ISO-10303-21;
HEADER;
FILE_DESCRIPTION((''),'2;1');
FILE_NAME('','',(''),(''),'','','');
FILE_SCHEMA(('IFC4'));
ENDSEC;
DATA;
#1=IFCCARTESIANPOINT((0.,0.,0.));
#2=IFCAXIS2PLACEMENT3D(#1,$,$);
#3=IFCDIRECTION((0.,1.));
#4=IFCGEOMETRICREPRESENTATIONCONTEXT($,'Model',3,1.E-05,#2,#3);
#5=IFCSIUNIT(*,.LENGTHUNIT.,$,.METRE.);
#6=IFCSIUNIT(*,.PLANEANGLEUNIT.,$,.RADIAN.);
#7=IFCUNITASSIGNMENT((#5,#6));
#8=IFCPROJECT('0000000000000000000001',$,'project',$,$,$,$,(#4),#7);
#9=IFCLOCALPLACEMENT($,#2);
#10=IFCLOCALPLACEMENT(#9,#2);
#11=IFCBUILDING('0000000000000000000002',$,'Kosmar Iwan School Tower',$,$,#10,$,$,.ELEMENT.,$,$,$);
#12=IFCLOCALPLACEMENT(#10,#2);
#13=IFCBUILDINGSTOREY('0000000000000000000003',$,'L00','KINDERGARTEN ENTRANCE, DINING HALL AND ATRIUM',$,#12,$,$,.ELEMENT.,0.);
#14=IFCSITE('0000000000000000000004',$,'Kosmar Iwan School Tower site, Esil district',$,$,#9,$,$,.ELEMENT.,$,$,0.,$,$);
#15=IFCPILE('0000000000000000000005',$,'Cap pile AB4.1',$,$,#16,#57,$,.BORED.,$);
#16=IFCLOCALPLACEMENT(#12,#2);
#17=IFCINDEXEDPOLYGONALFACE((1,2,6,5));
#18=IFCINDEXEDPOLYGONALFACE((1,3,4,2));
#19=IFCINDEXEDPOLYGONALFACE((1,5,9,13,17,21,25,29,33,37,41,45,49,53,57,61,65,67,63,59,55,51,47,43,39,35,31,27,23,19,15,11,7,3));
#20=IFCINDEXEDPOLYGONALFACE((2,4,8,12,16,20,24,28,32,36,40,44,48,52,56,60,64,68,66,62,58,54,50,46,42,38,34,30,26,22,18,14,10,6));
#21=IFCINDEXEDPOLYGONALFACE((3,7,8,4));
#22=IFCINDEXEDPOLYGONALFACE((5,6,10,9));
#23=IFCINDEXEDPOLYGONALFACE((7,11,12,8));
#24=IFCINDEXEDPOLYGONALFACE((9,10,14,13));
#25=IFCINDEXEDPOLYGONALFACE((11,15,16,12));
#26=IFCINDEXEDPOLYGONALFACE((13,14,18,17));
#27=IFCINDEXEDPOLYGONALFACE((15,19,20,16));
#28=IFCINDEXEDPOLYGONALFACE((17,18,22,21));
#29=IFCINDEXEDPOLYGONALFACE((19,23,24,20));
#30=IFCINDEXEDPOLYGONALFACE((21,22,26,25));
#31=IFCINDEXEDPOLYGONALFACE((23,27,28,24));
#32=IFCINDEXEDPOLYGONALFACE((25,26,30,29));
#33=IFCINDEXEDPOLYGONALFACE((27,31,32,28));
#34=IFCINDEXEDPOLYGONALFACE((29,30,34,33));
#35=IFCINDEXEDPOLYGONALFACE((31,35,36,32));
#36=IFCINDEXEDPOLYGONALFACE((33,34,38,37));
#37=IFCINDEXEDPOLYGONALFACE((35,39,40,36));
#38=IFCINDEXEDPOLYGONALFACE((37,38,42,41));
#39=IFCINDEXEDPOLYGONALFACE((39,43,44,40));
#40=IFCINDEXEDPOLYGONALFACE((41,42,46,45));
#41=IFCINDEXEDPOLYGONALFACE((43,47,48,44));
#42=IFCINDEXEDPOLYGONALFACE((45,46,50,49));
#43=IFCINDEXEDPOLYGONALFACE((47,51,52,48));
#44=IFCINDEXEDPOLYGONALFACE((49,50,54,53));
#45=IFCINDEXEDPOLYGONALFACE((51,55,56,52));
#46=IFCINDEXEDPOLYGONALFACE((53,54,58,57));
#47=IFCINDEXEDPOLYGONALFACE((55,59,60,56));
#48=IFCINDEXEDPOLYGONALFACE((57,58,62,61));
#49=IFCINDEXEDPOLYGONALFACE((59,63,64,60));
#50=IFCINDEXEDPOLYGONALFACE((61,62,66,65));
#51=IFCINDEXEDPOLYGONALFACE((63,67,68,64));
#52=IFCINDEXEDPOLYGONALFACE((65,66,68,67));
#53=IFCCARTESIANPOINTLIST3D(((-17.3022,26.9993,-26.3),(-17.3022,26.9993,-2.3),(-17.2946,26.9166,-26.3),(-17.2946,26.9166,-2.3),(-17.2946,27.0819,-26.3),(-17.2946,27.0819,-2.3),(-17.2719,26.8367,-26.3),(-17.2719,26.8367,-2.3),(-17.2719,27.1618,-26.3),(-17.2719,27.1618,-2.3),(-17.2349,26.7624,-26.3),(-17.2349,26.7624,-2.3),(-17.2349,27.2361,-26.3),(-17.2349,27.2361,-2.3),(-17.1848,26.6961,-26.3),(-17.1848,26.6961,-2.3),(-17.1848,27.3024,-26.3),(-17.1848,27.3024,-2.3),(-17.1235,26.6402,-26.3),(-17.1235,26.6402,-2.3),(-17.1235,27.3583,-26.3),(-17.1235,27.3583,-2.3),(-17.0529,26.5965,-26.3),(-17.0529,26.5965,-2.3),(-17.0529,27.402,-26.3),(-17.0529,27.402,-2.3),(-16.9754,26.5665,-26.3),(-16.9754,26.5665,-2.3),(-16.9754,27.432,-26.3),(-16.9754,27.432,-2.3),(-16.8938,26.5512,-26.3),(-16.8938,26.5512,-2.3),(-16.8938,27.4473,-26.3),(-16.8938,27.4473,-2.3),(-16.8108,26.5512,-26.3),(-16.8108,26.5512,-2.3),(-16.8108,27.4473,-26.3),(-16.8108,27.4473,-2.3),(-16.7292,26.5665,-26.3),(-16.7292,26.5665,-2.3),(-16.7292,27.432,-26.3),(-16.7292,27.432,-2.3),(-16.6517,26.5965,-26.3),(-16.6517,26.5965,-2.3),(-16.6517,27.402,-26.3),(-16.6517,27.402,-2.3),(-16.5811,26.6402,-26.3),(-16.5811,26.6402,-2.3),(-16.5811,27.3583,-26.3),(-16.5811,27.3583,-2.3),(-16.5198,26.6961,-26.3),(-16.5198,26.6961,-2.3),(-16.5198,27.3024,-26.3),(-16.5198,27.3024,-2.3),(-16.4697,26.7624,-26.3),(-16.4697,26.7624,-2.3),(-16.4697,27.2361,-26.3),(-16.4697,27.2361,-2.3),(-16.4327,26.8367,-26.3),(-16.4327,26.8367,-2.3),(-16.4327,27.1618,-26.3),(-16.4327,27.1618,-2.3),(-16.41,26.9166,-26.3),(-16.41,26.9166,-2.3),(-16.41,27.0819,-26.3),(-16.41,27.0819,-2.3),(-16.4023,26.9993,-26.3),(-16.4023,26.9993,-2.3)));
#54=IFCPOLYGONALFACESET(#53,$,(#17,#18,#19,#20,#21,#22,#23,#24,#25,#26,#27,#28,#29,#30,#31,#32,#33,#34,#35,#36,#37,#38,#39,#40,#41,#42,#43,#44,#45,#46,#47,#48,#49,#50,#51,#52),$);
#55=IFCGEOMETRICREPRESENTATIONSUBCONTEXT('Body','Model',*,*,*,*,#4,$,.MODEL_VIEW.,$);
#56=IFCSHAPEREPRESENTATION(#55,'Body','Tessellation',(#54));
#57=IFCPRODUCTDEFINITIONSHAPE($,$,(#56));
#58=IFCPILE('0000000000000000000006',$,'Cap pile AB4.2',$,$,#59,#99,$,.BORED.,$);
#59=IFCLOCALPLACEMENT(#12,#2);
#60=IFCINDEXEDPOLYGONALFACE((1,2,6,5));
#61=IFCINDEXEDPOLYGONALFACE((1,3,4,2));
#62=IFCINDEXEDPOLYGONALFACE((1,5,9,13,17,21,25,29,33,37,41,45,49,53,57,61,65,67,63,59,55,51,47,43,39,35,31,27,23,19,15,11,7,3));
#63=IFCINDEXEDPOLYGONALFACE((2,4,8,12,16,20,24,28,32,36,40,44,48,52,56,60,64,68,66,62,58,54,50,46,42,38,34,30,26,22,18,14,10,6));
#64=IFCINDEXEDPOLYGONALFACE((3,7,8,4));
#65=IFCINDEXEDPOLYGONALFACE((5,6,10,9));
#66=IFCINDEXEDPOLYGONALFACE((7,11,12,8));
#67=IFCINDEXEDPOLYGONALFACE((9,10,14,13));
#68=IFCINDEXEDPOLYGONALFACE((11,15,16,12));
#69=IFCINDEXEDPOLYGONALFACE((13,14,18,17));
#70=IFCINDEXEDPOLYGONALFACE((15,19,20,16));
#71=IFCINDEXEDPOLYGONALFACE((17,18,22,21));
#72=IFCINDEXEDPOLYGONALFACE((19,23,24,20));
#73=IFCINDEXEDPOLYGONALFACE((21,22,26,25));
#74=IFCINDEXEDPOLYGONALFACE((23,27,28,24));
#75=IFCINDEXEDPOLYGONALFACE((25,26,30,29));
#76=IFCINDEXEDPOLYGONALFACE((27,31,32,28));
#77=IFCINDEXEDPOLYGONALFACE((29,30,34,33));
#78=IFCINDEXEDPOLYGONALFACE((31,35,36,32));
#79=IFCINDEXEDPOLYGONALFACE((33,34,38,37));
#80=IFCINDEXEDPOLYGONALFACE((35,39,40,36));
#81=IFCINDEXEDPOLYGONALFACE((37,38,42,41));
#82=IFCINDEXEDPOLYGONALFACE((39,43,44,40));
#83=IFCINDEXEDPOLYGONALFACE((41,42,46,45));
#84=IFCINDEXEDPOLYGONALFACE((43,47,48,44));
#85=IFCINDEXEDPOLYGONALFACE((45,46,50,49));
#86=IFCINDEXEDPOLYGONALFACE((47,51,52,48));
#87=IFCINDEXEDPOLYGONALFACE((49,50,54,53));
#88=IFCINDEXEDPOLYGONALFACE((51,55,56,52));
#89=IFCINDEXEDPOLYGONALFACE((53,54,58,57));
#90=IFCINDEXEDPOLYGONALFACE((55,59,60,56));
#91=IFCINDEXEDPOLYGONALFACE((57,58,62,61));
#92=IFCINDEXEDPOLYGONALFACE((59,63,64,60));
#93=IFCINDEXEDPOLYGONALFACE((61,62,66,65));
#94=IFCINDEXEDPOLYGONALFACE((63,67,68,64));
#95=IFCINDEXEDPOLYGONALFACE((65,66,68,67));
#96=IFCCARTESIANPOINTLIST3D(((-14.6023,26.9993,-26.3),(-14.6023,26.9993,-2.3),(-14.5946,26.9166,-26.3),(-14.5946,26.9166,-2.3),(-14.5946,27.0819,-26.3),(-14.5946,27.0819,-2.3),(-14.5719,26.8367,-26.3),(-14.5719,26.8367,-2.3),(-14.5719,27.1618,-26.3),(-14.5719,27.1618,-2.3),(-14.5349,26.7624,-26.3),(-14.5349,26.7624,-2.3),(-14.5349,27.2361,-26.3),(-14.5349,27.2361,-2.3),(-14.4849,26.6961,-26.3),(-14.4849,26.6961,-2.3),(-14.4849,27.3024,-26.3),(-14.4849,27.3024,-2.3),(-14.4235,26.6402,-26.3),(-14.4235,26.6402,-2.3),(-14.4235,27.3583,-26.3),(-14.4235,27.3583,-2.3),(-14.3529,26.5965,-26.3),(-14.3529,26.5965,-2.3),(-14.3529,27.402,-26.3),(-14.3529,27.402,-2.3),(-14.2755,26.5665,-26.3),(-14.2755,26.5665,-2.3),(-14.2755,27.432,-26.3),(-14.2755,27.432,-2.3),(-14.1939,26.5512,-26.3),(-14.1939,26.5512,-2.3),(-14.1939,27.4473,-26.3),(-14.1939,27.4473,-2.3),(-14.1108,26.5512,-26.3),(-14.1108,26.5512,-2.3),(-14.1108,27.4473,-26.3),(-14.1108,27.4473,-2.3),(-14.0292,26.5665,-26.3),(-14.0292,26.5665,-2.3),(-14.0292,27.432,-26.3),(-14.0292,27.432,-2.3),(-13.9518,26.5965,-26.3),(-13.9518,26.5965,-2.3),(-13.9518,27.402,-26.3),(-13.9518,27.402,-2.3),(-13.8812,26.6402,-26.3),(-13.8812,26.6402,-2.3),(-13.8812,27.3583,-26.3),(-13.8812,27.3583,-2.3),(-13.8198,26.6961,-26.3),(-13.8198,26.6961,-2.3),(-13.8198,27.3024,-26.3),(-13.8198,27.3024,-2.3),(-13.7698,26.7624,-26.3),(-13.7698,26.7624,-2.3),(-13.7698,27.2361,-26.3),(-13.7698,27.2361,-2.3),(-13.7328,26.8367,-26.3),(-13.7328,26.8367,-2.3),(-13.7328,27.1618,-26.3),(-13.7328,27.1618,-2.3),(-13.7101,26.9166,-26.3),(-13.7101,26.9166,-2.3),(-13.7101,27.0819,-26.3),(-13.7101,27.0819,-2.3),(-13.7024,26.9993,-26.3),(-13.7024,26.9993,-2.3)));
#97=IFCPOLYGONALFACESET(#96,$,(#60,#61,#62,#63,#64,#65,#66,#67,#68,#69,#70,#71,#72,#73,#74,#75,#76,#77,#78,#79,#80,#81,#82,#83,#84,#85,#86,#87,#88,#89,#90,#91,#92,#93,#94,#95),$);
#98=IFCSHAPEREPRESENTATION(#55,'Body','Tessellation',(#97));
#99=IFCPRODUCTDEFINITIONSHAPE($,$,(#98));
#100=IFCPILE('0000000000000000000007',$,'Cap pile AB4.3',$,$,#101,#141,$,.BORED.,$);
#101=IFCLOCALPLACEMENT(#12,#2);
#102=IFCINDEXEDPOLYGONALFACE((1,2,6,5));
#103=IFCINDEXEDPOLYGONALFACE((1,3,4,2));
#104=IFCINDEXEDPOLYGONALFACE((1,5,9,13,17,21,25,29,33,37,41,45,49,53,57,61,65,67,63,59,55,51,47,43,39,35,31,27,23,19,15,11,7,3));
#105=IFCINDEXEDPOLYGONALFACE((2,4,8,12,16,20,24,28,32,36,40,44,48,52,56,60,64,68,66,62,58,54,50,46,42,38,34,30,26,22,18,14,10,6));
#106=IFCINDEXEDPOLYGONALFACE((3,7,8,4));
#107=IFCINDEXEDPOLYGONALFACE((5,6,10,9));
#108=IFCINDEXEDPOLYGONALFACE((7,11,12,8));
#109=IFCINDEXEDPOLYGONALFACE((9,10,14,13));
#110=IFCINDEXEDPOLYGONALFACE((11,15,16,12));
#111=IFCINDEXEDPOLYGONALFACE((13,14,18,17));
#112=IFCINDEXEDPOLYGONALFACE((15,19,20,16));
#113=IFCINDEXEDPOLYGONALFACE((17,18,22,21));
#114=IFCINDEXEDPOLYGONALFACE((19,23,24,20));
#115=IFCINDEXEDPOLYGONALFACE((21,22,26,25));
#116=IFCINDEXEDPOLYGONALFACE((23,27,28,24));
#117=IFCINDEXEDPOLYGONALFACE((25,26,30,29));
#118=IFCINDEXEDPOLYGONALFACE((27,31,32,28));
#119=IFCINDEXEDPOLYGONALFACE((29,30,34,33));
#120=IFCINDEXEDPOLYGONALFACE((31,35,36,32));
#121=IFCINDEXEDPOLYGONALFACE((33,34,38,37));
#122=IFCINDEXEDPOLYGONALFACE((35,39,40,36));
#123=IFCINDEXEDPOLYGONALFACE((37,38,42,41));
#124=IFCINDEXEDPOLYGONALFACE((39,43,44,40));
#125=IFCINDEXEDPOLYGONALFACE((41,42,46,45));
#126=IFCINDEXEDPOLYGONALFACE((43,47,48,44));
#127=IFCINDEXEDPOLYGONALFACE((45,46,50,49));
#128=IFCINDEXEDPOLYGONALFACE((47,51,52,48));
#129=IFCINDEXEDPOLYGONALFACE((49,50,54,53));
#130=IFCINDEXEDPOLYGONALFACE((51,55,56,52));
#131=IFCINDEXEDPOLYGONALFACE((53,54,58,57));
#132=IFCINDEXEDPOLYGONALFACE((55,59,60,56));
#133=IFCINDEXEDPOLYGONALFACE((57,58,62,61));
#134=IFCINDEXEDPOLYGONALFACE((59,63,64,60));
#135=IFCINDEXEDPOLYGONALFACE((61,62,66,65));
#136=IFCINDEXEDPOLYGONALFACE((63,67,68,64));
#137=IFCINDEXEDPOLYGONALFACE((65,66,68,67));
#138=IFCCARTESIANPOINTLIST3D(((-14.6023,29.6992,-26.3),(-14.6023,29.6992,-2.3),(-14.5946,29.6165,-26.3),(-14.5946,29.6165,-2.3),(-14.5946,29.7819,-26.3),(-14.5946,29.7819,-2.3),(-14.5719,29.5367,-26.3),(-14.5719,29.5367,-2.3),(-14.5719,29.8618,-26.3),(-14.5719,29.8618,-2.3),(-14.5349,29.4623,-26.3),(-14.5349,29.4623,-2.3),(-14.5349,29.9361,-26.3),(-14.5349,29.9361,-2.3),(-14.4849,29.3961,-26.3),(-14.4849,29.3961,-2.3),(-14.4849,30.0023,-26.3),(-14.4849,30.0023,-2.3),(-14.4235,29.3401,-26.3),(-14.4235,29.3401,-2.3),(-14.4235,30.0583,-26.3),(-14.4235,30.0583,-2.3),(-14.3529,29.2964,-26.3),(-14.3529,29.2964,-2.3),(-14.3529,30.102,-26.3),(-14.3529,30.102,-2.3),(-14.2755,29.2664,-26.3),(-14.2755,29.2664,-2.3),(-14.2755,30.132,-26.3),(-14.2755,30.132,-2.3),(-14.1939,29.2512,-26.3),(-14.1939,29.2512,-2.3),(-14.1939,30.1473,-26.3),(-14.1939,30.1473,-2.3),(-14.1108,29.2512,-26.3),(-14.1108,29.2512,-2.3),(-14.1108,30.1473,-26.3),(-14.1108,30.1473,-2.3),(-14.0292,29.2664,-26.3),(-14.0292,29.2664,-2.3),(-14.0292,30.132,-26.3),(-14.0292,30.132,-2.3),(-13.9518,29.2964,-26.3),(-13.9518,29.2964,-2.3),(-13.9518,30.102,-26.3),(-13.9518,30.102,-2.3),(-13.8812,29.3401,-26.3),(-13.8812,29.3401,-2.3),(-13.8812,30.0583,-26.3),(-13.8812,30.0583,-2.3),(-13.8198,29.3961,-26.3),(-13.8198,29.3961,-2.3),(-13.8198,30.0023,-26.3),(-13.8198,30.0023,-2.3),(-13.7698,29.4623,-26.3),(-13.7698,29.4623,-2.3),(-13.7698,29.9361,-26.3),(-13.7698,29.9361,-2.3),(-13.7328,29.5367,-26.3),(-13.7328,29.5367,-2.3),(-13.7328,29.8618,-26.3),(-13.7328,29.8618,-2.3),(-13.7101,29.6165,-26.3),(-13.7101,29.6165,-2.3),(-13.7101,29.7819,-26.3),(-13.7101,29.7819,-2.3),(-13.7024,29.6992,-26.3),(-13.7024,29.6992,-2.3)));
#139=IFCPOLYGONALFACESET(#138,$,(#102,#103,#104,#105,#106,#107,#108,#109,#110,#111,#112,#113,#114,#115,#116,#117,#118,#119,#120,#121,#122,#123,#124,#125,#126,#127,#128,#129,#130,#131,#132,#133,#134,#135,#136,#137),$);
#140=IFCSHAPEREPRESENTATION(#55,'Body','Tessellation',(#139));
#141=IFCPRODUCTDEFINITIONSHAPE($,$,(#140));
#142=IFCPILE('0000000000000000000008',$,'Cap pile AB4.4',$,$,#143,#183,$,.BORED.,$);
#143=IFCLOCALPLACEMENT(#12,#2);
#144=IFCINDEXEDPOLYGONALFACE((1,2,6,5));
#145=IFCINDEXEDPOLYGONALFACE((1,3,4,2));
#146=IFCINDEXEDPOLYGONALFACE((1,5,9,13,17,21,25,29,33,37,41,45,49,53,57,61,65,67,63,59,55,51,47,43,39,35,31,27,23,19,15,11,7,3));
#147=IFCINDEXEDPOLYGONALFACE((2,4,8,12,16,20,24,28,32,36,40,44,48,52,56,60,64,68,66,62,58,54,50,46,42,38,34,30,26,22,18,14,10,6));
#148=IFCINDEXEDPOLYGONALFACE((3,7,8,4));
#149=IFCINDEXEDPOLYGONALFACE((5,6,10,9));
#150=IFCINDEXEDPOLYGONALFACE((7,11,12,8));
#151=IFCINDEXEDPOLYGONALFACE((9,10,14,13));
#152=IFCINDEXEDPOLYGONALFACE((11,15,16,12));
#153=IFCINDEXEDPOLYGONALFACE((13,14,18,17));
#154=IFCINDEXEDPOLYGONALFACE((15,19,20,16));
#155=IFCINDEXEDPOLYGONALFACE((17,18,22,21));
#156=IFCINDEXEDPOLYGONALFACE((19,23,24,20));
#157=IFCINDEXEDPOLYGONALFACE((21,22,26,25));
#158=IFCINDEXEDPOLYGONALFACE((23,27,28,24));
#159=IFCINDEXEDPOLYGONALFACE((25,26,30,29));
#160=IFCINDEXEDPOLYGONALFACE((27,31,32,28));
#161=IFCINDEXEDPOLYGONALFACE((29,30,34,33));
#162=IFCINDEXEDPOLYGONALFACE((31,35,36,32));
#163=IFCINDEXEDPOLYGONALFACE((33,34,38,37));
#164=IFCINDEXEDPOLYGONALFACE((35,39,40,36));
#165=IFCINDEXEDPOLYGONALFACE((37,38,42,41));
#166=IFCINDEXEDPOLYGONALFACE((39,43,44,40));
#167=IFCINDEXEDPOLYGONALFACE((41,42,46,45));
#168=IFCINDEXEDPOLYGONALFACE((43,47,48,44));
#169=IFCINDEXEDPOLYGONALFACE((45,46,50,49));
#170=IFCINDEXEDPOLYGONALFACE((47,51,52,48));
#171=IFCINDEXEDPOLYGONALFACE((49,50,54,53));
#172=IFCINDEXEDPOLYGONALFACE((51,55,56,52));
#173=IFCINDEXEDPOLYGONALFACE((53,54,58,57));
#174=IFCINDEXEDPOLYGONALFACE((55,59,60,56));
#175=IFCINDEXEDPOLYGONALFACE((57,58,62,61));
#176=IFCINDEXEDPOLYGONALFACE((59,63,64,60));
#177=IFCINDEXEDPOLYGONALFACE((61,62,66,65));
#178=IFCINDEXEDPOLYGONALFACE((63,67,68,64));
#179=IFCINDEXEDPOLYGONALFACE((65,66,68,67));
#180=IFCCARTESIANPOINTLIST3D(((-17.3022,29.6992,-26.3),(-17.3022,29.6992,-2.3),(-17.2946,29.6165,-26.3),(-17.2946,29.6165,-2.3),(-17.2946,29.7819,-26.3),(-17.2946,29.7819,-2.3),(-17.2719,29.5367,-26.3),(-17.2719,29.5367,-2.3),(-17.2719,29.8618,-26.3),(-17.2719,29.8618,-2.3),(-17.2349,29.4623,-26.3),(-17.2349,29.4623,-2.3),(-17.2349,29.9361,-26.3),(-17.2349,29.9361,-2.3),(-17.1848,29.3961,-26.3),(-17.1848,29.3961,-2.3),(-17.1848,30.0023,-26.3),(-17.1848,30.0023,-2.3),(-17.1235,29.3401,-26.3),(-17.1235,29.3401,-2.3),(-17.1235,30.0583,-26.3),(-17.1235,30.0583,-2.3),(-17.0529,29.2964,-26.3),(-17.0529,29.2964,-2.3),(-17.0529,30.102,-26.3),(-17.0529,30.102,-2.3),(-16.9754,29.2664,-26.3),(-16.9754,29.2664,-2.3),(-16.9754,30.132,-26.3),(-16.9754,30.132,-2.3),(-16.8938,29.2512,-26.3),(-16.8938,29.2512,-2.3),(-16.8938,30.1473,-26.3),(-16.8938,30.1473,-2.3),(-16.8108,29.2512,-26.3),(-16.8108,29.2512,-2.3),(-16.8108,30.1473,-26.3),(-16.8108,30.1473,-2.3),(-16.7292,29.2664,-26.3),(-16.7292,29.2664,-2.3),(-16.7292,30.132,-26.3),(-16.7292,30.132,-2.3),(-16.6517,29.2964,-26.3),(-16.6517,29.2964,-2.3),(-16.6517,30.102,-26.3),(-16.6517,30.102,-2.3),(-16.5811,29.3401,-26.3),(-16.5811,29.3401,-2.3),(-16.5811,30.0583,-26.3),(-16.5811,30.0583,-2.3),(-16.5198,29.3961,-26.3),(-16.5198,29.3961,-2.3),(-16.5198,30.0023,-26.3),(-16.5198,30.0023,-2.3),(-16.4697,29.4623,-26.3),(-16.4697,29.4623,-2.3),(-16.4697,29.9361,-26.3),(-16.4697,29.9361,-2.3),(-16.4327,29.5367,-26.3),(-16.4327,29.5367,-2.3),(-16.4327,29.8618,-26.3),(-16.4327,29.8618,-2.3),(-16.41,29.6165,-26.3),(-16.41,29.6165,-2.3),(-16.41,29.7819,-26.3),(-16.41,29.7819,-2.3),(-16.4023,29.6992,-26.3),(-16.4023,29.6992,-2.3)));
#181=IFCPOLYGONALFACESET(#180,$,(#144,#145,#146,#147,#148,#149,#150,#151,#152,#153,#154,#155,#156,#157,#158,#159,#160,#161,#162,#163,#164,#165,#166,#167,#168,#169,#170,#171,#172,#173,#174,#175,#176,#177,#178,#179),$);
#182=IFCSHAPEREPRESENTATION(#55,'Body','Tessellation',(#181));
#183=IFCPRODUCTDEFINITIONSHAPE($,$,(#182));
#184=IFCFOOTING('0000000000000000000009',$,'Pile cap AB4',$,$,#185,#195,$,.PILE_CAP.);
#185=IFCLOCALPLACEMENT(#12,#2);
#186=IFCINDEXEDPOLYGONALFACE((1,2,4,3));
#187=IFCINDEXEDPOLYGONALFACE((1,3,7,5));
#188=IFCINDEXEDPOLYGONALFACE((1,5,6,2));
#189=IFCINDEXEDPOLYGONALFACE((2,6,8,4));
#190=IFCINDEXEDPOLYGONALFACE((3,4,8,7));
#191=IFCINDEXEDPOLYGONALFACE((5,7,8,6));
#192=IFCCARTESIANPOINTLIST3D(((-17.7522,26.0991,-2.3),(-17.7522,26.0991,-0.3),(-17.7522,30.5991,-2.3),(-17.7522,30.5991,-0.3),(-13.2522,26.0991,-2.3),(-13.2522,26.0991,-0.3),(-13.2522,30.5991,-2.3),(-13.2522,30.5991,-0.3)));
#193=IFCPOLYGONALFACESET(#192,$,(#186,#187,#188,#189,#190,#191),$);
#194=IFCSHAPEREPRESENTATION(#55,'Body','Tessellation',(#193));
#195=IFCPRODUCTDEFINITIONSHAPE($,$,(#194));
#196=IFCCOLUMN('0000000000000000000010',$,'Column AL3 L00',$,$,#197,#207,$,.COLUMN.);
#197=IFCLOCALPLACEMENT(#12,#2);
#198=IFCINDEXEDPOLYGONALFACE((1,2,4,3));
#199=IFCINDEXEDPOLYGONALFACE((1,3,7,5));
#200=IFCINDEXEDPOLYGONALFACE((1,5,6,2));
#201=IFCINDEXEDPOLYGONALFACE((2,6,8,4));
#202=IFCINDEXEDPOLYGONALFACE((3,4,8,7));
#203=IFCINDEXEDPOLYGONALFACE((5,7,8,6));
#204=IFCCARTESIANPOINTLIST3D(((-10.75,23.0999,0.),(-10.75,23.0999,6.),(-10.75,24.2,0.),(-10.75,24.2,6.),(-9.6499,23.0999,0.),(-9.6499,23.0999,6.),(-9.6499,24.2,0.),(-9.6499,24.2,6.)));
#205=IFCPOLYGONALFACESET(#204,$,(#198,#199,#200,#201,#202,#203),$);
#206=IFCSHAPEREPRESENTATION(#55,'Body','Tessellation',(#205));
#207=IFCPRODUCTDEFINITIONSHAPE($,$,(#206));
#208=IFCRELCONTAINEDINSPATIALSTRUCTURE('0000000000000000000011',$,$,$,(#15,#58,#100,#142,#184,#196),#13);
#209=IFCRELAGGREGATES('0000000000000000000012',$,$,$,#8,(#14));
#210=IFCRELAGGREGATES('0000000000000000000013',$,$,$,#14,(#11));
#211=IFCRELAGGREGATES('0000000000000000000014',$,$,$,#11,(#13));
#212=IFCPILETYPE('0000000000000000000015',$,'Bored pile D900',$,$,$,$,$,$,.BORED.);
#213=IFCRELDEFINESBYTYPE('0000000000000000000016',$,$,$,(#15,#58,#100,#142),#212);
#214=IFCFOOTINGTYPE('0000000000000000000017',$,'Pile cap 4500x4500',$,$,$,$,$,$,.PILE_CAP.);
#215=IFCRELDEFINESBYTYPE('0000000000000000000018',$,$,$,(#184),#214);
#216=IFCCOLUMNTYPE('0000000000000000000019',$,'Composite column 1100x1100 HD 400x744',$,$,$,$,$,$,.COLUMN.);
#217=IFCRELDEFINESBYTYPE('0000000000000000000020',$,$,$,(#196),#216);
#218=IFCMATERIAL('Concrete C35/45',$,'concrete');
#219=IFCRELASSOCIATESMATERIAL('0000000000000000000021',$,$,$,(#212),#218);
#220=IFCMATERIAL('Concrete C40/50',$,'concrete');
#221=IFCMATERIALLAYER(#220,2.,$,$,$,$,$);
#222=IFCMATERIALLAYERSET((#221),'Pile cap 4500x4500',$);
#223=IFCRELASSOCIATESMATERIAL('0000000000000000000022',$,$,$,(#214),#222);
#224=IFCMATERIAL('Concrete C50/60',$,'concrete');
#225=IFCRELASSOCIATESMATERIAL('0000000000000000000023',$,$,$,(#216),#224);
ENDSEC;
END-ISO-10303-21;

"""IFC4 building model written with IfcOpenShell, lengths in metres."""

from ifc_helpers import new_model, si_unit, direction, frame, origin, origin_2d, place, context, subcontext, project, spatial, rectangle, circle, extrude, material, layer, layer_set, material_profile, profile_set, type_object, element, save


model = new_model("IFC4")

# Units and contexts
model_context = context("Model", 3, precision=1e-05, world=origin(), true_north=direction((0.0, 1.0)))
body_context = subcontext(model_context, "Body", "Model", "MODEL_VIEW")
ifc_project = project(units=[si_unit("LENGTHUNIT", "METRE"), si_unit("PLANEANGLEUNIT", "RADIAN")], contexts=[model_context])

# Site, building, storey
site_placement = place(None, origin())
site = spatial("IfcSite", under=ifc_project, at=site_placement, Name="Kosmar Iwan School Tower site, Esil district", CompositionType="ELEMENT", RefElevation=0.0)
building_placement = place(site_placement, origin())
building = spatial("IfcBuilding", under=site, at=building_placement, Name="Kosmar Iwan School Tower", CompositionType="ELEMENT")
storey_placement = place(building_placement, origin())
storey = spatial("IfcBuildingStorey", under=building, at=storey_placement, Name="L00", Description="KINDERGARTEN ENTRANCE, DINING HALL AND ATRIUM", CompositionType="ELEMENT", Elevation=0.0)

# Piles
ifc_material_1 = material(Name="Concrete C35/45", Category="concrete")
ifc_material_profile_1 = material_profile(ifc_material_1, circle(Radius=0.45, at=origin_2d()), Name="D900")
ifc_profile_set_1 = profile_set([ifc_material_profile_1], Name="Concrete C35/45")
pile_type_1 = type_object("IfcPileType", Name="Bored pile D900", PredefinedType="BORED", material=ifc_profile_set_1)
for number, where, z_axis, x_axis, name in (
    (1, (-16.8523, 26.9993, -2.3), (0.0, 0.0, -1.0), (1.0, 0.0, 0.0), "Cap pile AB4.1"),
    (2, (-14.1523, 26.9993, -2.3), (0.0, 0.0, -1.0), (1.0, 0.0, 0.0), "Cap pile AB4.2"),
    (3, (-14.1523, 29.6992, -2.3), (0.0, 0.0, -1.0), (1.0, 0.0, 0.0), "Cap pile AB4.3"),
    (4, (-16.8523, 29.6992, -2.3), (0.0, 0.0, -1.0), (1.0, 0.0, 0.0), "Cap pile AB4.4"),
):
    element("IfcPile", number, at=place(storey_placement, frame(where, z_axis=z_axis, x_axis=x_axis)), inside=storey, type_object=pile_type_1, Name=name, PredefinedType="BORED", context=body_context, shape_type="SweptSolid", body=[
        extrude(circle(Radius=0.45, at=origin_2d()), origin(), (0.0, 0.0, 1.0), 24.0),
    ])

# Footing
ifc_material_2 = material(Name="Concrete C40/50", Category="concrete")
ifc_layer_1 = layer(ifc_material_2, 2.0)
ifc_layer_set_1 = layer_set([ifc_layer_1], Name="Pile cap 4500x4500")
footing_type = type_object("IfcFootingType", Name="Pile cap 4500x4500", PredefinedType="PILE_CAP", material=ifc_layer_set_1)
footing_placement = place(storey_placement, frame((-15.5022, 28.3491, -2.3), z_axis=(0.0, 0.0, 1.0), x_axis=(1.0, 0.0, 0.0)))
element("IfcFooting", 5, at=footing_placement, inside=storey, type_object=footing_type, Name="Pile cap AB4", PredefinedType="PILE_CAP", context=body_context, shape_type="SweptSolid", body=[
    extrude(rectangle(XDim=4.5, YDim=4.5, at=origin_2d()), origin(), (0.0, 0.0, 1.0), 2.0),
])

# Column
ifc_material_3 = material(Name="Concrete C50/60", Category="concrete")
ifc_material_profile_2 = material_profile(ifc_material_3, rectangle(XDim=1.1001, YDim=1.1001, at=origin_2d()), Name="RC 1100x1100 + HD 400x744")
ifc_profile_set_2 = profile_set([ifc_material_profile_2], Name="Concrete C50/60")
column_type_1 = type_object("IfcColumnType", Name="Composite column 1100x1100 HD 400x744", PredefinedType="COLUMN", material=ifc_profile_set_2)
for number, where, z_axis, x_axis, name in (
    (6, (-10.2, 23.6499, 0.0), (0.0, 0.0, 1.0), (0.0, 1.0, 0.0), "Column AL3 L00"),
):
    element("IfcColumn", number, at=place(storey_placement, frame(where, z_axis=z_axis, x_axis=x_axis)), inside=storey, type_object=column_type_1, Name=name, PredefinedType="COLUMN", context=body_context, shape_type="SweptSolid", body=[
        extrude(rectangle(XDim=1.1001, YDim=1.1001, at=origin_2d()), origin(), (0.0, 0.0, 1.0), 6.0),
    ])

save(model, "model.ifc")
